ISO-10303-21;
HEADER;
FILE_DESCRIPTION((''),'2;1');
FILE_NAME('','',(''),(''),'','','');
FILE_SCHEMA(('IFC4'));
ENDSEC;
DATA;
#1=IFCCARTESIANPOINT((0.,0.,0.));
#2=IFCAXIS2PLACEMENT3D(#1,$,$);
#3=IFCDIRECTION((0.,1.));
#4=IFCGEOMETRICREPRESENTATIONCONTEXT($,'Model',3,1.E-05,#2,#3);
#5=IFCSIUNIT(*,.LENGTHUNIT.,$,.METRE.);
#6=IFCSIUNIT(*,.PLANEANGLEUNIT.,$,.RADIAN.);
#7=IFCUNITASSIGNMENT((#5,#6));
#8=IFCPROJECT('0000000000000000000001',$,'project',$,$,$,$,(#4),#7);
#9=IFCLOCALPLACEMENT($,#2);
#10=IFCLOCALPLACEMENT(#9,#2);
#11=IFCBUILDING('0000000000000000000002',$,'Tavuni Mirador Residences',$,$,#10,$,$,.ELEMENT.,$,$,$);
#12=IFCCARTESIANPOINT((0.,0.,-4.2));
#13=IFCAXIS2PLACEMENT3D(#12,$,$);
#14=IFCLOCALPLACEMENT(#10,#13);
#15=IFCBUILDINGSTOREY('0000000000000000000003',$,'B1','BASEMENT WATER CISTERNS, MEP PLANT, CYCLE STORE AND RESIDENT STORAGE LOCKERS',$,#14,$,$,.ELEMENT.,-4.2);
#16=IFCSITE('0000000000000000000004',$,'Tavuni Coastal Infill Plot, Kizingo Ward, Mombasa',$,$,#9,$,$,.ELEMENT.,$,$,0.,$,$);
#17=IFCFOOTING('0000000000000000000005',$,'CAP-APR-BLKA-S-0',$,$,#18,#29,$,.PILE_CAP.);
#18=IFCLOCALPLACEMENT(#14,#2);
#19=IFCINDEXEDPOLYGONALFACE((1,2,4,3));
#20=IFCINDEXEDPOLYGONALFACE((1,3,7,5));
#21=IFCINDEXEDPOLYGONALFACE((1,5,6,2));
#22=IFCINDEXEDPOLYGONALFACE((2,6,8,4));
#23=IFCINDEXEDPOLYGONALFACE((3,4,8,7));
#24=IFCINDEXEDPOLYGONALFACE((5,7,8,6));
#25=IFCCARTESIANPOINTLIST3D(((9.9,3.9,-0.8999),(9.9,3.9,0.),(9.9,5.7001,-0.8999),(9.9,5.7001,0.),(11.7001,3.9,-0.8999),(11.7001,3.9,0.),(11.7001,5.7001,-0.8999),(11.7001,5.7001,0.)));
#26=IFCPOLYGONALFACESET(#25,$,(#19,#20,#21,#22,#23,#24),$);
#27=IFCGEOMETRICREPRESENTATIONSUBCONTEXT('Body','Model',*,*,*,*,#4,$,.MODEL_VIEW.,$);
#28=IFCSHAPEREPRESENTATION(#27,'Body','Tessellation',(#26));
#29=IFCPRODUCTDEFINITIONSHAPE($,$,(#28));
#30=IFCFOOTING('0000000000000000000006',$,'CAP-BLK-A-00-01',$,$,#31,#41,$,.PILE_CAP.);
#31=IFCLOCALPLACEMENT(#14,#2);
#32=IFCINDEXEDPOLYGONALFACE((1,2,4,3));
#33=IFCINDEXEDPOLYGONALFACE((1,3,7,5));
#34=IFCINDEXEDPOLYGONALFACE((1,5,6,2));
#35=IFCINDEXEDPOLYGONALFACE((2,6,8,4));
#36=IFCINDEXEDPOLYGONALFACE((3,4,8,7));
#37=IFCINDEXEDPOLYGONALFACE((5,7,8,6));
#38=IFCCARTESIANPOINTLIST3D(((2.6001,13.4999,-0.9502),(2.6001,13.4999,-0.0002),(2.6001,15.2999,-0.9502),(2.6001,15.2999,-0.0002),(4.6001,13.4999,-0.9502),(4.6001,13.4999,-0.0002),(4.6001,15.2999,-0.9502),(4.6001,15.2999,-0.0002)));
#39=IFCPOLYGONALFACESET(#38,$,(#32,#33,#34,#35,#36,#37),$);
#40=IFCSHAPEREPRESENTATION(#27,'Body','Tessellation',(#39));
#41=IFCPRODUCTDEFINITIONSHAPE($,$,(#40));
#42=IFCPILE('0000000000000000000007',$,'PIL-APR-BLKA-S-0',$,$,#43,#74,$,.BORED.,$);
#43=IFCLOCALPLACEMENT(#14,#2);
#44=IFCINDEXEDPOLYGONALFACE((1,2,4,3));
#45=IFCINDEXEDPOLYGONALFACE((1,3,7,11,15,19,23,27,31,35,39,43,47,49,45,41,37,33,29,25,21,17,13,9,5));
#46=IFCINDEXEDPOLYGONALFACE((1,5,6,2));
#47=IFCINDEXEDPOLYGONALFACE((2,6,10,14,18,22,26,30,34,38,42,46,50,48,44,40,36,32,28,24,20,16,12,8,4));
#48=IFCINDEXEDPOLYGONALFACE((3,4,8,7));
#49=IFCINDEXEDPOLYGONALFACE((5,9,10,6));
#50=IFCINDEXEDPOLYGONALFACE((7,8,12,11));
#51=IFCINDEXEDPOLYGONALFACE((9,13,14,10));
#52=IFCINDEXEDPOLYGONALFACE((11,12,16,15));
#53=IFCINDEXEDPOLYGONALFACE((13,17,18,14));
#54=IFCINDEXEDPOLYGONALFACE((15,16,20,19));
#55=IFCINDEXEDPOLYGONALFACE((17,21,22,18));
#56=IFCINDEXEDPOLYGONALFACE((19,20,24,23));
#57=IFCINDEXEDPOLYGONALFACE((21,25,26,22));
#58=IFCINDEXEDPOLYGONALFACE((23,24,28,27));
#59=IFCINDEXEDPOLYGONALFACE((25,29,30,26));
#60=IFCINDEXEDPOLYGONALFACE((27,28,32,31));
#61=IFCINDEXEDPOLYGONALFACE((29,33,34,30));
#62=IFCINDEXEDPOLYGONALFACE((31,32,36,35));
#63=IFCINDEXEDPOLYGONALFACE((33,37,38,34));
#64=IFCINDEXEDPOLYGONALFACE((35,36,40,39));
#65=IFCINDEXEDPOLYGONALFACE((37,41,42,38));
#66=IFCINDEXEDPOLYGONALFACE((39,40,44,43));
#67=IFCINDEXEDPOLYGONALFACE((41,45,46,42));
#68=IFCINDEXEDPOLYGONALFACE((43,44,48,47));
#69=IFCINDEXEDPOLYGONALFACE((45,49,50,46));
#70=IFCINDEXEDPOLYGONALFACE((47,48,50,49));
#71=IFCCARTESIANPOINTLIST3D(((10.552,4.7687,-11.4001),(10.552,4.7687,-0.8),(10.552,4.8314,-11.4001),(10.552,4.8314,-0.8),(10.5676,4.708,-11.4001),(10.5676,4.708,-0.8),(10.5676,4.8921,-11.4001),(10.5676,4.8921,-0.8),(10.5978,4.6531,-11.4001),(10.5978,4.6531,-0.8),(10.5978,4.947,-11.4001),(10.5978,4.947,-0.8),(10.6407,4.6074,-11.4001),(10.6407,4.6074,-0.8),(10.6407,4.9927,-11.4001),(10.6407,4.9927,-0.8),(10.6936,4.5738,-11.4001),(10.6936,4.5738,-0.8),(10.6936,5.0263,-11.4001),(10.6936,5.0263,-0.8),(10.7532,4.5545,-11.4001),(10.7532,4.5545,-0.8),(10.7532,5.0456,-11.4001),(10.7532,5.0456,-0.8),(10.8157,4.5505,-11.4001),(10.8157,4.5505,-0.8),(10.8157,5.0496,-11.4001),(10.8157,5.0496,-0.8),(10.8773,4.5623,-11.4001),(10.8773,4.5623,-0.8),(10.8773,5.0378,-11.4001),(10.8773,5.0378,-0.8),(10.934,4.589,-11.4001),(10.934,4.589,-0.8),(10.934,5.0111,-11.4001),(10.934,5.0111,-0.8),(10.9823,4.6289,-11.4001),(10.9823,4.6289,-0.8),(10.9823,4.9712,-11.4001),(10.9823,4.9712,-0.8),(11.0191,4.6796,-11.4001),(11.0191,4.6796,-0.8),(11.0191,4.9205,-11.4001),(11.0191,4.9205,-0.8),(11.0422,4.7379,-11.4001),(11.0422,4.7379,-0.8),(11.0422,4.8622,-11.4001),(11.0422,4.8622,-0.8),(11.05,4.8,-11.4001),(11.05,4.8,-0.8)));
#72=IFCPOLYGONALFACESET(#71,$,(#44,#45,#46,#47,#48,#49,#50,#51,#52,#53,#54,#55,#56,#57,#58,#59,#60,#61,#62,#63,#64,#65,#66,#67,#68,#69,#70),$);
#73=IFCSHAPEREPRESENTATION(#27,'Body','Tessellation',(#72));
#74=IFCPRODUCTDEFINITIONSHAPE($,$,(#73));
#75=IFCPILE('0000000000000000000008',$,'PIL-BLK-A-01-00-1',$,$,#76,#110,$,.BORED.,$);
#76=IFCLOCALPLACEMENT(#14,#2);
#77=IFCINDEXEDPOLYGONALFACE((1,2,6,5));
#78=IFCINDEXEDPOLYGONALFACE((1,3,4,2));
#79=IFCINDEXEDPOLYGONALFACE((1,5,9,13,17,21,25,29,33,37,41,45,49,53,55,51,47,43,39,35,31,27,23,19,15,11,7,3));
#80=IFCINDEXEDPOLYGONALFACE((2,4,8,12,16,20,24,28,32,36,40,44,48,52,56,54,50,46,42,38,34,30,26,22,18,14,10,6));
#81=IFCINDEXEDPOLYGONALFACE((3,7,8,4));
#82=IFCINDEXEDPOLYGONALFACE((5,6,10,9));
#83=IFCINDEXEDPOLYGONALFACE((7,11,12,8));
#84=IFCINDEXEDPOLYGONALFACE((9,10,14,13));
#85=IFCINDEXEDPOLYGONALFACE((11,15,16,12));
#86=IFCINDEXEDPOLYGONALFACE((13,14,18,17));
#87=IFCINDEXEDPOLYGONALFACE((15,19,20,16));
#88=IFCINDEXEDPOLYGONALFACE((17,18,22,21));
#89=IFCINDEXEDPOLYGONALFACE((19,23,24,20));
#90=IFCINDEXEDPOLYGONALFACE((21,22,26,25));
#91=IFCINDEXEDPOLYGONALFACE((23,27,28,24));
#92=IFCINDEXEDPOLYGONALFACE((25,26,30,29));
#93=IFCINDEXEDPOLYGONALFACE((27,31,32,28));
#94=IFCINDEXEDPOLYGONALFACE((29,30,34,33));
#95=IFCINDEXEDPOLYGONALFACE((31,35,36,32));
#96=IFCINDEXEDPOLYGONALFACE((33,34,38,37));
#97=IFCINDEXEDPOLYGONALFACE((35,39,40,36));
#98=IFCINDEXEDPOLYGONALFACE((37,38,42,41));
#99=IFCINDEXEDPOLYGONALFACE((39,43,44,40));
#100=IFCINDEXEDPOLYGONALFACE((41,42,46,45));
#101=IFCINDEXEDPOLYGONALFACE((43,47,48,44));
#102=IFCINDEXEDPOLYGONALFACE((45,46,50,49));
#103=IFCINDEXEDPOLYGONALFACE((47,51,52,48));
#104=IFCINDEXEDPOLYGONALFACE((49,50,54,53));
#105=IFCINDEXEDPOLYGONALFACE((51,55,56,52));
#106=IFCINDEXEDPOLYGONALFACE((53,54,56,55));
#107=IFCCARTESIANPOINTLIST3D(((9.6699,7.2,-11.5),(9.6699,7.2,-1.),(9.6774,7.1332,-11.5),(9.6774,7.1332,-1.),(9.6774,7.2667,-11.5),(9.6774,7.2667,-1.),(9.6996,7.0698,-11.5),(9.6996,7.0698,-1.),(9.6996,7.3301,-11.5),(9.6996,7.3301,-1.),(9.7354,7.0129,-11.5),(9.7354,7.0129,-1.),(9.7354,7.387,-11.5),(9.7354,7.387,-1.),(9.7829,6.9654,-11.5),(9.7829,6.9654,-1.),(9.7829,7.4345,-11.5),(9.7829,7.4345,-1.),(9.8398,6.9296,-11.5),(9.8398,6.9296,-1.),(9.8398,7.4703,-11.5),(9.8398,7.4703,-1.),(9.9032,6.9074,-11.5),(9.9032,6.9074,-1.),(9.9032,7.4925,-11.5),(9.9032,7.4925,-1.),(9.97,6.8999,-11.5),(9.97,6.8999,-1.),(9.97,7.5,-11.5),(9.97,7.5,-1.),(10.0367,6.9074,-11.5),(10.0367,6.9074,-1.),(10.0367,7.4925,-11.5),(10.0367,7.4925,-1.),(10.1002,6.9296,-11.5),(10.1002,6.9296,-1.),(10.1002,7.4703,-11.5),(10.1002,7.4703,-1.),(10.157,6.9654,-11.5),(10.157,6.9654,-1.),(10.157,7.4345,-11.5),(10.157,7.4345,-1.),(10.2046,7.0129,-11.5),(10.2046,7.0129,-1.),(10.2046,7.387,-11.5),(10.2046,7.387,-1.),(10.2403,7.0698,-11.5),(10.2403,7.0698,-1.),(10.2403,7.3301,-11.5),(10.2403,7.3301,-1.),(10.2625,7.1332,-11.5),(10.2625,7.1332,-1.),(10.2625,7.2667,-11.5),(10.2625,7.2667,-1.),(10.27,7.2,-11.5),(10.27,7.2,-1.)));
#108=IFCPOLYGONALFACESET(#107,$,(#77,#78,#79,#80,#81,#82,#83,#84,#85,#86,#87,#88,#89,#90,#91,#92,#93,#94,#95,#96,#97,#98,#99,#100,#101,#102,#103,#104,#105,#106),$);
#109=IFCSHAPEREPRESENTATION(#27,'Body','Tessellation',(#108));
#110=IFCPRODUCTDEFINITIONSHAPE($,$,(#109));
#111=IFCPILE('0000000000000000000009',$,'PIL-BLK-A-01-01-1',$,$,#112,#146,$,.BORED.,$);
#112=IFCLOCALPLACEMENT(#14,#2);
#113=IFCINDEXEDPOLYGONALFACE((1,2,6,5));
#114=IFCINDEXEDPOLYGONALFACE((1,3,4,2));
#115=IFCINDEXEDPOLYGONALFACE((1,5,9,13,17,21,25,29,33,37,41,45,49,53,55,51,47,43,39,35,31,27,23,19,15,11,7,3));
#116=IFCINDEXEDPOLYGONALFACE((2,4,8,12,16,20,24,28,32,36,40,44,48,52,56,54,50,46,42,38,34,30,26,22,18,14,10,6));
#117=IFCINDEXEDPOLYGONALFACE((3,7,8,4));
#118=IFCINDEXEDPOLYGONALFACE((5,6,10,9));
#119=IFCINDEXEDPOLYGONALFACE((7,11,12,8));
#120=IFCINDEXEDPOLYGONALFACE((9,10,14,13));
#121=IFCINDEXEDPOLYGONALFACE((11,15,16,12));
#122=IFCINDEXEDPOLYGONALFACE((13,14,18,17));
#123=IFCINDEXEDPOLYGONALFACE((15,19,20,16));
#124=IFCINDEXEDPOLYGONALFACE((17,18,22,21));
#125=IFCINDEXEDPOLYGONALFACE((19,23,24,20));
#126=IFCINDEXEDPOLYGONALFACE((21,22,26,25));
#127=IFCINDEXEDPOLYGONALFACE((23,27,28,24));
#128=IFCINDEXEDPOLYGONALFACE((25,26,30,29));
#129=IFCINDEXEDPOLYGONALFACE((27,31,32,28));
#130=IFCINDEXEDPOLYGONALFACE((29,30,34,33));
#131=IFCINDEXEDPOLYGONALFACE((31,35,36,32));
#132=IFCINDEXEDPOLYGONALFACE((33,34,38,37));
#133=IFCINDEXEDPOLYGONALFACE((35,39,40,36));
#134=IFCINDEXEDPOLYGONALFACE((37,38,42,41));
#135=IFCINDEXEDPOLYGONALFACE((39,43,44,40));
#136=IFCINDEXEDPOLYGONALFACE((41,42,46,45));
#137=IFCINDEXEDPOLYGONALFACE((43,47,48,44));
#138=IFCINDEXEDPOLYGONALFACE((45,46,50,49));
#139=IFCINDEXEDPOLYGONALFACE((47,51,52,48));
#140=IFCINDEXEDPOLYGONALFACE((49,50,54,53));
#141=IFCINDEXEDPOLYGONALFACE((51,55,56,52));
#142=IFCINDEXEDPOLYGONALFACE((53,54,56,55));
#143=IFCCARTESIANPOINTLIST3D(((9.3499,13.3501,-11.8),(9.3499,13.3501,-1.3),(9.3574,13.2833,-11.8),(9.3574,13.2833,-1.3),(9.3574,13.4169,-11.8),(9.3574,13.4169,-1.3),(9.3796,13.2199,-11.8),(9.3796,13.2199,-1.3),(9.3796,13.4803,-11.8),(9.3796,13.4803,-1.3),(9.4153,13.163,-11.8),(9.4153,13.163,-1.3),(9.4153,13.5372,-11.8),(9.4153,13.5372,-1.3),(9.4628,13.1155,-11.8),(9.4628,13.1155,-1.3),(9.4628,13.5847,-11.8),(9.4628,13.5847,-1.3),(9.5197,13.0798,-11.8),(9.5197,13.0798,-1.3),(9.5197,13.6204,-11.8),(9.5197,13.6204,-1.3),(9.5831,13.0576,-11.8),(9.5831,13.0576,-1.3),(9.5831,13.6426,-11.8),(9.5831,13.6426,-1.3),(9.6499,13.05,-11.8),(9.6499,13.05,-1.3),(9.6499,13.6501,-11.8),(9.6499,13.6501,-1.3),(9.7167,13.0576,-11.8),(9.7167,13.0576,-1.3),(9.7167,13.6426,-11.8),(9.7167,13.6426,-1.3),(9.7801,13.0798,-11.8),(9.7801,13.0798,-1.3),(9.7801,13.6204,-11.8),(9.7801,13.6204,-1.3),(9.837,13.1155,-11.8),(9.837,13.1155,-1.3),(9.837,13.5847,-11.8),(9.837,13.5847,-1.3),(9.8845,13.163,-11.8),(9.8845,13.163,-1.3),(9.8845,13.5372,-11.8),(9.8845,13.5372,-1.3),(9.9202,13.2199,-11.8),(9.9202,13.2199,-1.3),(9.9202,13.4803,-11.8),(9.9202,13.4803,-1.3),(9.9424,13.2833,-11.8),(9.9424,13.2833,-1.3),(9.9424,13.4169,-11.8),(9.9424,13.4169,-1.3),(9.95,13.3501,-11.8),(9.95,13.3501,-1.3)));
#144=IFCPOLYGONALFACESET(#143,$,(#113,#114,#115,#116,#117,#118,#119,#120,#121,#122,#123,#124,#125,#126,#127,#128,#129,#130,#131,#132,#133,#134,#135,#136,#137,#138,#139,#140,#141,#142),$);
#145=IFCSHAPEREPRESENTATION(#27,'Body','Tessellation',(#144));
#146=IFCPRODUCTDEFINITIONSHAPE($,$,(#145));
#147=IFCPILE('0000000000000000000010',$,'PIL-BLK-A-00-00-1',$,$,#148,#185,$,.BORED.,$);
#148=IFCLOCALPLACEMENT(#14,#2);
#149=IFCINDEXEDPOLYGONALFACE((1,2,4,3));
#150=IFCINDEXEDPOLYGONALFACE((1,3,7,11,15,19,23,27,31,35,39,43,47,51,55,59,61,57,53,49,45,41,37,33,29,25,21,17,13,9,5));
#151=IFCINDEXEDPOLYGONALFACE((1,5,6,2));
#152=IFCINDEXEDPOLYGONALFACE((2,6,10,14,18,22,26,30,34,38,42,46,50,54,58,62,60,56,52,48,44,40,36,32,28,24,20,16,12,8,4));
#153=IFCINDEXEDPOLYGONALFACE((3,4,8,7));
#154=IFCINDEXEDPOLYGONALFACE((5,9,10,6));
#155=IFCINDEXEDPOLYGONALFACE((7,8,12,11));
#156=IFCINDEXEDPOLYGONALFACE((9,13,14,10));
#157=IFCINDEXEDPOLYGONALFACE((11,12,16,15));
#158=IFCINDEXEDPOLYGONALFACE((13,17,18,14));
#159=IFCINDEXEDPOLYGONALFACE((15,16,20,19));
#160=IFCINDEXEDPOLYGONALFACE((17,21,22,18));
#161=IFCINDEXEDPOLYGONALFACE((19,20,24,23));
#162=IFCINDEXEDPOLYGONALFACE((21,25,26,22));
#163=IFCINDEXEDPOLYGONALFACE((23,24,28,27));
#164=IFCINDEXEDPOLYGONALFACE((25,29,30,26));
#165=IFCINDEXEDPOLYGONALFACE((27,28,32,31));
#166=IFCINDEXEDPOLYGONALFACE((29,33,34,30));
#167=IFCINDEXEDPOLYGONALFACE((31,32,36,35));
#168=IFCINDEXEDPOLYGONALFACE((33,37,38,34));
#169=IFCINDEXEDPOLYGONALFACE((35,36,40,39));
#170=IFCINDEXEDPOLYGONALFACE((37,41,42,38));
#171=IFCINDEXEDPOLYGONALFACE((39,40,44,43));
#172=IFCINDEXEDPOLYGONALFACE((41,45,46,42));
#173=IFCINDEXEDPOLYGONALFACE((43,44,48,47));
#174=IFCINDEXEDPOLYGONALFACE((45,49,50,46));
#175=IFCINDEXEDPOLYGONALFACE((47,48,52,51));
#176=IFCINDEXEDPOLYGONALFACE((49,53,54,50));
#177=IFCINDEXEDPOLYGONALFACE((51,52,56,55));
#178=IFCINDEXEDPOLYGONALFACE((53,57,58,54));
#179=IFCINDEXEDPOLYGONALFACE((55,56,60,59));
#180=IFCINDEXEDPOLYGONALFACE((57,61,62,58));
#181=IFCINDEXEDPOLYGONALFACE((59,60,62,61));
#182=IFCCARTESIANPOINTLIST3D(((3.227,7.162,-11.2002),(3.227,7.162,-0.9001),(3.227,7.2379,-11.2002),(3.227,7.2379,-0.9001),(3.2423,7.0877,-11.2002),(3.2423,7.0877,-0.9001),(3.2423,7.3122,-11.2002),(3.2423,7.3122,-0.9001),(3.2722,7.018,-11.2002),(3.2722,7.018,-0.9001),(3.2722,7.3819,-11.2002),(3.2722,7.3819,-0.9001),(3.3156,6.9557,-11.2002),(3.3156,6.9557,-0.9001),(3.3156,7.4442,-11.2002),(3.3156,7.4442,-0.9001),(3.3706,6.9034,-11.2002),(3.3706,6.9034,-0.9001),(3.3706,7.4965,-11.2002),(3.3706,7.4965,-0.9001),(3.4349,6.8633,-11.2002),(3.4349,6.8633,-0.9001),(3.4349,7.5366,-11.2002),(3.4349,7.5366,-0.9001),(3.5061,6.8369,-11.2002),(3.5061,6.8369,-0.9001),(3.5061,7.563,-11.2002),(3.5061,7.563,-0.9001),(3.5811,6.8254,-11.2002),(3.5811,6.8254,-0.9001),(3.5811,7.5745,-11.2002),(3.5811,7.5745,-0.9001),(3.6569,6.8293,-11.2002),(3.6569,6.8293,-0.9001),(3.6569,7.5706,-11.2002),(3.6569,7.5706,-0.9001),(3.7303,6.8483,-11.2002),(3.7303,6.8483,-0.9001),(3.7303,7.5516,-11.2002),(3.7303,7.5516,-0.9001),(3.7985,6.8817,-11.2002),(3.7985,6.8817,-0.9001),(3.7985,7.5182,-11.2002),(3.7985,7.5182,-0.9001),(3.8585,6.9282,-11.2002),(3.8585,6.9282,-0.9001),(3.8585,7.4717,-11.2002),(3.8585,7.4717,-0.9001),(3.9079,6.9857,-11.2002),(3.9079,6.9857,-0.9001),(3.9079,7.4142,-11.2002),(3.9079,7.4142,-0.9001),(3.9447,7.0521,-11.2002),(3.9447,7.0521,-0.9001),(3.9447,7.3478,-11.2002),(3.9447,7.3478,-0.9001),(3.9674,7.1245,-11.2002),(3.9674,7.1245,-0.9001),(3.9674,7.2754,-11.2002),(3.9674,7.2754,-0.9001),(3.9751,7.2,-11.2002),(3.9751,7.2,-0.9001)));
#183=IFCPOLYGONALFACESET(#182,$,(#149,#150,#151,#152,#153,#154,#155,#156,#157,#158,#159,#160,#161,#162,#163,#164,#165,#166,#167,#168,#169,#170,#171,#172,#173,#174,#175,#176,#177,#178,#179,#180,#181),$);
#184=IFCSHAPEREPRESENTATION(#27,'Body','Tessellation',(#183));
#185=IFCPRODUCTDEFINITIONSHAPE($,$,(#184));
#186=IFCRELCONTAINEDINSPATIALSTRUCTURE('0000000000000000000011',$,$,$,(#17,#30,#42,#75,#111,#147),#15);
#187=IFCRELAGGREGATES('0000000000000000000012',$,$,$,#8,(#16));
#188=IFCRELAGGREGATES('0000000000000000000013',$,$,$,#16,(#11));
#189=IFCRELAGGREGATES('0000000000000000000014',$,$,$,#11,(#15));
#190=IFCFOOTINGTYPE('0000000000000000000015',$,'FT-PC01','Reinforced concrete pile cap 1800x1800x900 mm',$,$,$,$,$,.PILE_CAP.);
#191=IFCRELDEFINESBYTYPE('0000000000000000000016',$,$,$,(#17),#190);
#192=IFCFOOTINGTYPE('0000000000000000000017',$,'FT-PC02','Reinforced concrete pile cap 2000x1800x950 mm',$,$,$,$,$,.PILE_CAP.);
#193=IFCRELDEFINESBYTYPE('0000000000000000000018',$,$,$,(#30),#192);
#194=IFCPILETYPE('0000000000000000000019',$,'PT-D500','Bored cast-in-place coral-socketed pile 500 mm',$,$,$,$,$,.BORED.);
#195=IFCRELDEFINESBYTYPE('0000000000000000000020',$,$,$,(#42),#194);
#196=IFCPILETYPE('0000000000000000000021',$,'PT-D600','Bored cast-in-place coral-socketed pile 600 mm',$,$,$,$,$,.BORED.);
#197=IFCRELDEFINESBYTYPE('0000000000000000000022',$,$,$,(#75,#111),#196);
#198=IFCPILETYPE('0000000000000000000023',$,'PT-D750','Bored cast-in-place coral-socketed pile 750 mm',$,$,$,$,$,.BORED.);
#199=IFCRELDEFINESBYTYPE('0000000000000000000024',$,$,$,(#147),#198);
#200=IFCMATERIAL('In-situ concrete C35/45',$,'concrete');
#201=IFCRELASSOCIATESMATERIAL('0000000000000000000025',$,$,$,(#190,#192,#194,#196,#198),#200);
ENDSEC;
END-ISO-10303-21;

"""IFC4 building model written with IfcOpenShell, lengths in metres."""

from ifc_helpers import new_model, si_unit, direction, frame, origin, origin_2d, place, context, subcontext, project, spatial, rectangle, circle, extrude, material, material_profile, profile_set, type_object, element, save


model = new_model("IFC4")

# Units and contexts
model_context = context("Model", 3, precision=1e-05, world=origin(), true_north=direction((0.0, 1.0)))
body_context = subcontext(model_context, "Body", "Model", "MODEL_VIEW")
ifc_project = project(units=[si_unit("LENGTHUNIT", "METRE"), si_unit("PLANEANGLEUNIT", "RADIAN")], contexts=[model_context])

# Site, building, storey
site_placement = place(None, origin())
site = spatial("IfcSite", under=ifc_project, at=site_placement, Name="Tavuni Coastal Infill Plot, Kizingo Ward, Mombasa", CompositionType="ELEMENT", RefElevation=0.0)
building_placement = place(site_placement, origin())
building = spatial("IfcBuilding", under=site, at=building_placement, Name="Tavuni Mirador Residences", CompositionType="ELEMENT")
storey_placement = place(building_placement, frame((0.0, 0.0, -4.2)))
storey = spatial("IfcBuildingStorey", under=building, at=storey_placement, Name="B1", Description="BASEMENT WATER CISTERNS, MEP PLANT, CYCLE STORE AND RESIDENT STORAGE LOCKERS", CompositionType="ELEMENT", Elevation=-4.2)

# Footings
ifc_material_1 = material(Name="In-situ concrete C35/45", Category="concrete")
footing_type_1 = type_object("IfcFootingType", Name="FT-PC01", Description="Reinforced concrete pile cap 1800x1800x900 mm", PredefinedType="PILE_CAP", material=ifc_material_1)
footing_1_placement = place(storey_placement, frame((10.8, 4.8, -0.8999), z_axis=(0.0, 0.0, 1.0), x_axis=(1.0, 0.0, 0.0)))
element("IfcFooting", 1, at=footing_1_placement, inside=storey, type_object=footing_type_1, Name="CAP-APR-BLKA-S-0", PredefinedType="PILE_CAP", context=body_context, shape_type="SweptSolid", body=[
    extrude(rectangle(XDim=1.8, YDim=1.8, at=origin_2d()), origin(), (0.0, 0.0, 1.0), 0.8999),
])
footing_type_2 = type_object("IfcFootingType", Name="FT-PC02", Description="Reinforced concrete pile cap 2000x1800x950 mm", PredefinedType="PILE_CAP", material=ifc_material_1)
footing_2_placement = place(storey_placement, frame((3.6001, 14.3999, -0.9502), z_axis=(0.0, 0.0, 1.0), x_axis=(1.0, 0.0, 0.0)))
element("IfcFooting", 2, at=footing_2_placement, inside=storey, type_object=footing_type_2, Name="CAP-BLK-A-00-01", PredefinedType="PILE_CAP", context=body_context, shape_type="SweptSolid", body=[
    extrude(rectangle(XDim=2.0, YDim=1.8, at=origin_2d()), origin(), (0.0, 0.0, 1.0), 0.95),
])

# Piles
ifc_material_profile_1 = material_profile(ifc_material_1, circle(Radius=0.25, at=origin_2d()), Name="PILE D500", Category="concrete")
ifc_profile_set_1 = profile_set([ifc_material_profile_1], Name="In-situ concrete C35/45")
pile_type_1 = type_object("IfcPileType", Name="PT-D500", Description="Bored cast-in-place coral-socketed pile 500 mm", PredefinedType="BORED", material=ifc_profile_set_1)
pile_1_placement = place(storey_placement, frame((10.8, 4.8, -0.8), z_axis=(0.0, 0.0, -1.0), x_axis=(1.0, 0.0, 0.0)))
element("IfcPile", 3, at=pile_1_placement, inside=storey, type_object=pile_type_1, Name="PIL-APR-BLKA-S-0", PredefinedType="BORED", context=body_context, shape_type="SweptSolid", body=[
    extrude(circle(Radius=0.25, at=origin_2d()), origin(), (0.0, 0.0, 1.0), 10.6001),
])
ifc_material_profile_2 = material_profile(ifc_material_1, circle(Radius=0.3, at=origin_2d()), Name="PILE D600", Category="concrete")
ifc_profile_set_2 = profile_set([ifc_material_profile_2], Name="In-situ concrete C35/45")
pile_type_2 = type_object("IfcPileType", Name="PT-D600", Description="Bored cast-in-place coral-socketed pile 600 mm", PredefinedType="BORED", material=ifc_profile_set_2)
for number, where, z_axis, x_axis, name in (
    (4, (9.97, 7.2, -1.0), (0.0, 0.0, -1.0), (1.0, 0.0, 0.0), "PIL-BLK-A-01-00-1"),
    (5, (9.6499, 13.3501, -1.3), (0.0, 0.0, -1.0), (1.0, 0.0, 0.0), "PIL-BLK-A-01-01-1"),
):
    element("IfcPile", number, at=place(storey_placement, frame(where, z_axis=z_axis, x_axis=x_axis)), inside=storey, type_object=pile_type_2, Name=name, PredefinedType="BORED", context=body_context, shape_type="SweptSolid", body=[
        extrude(circle(Radius=0.3, at=origin_2d()), origin(), (0.0, 0.0, 1.0), 10.5),
    ])
ifc_material_profile_3 = material_profile(ifc_material_1, circle(Radius=0.375, at=origin_2d()), Name="PILE D750", Category="concrete")
ifc_profile_set_3 = profile_set([ifc_material_profile_3], Name="In-situ concrete C35/45")
pile_type_3 = type_object("IfcPileType", Name="PT-D750", Description="Bored cast-in-place coral-socketed pile 750 mm", PredefinedType="BORED", material=ifc_profile_set_3)
pile_2_placement = place(storey_placement, frame((3.6001, 7.2, -0.9001), z_axis=(0.0, 0.0, -1.0), x_axis=(1.0, 0.0, 0.0)))
element("IfcPile", 6, at=pile_2_placement, inside=storey, type_object=pile_type_3, Name="PIL-BLK-A-00-00-1", PredefinedType="BORED", context=body_context, shape_type="SweptSolid", body=[
    extrude(circle(Radius=0.375, at=origin_2d()), origin(), (0.0, 0.0, 1.0), 10.3),
])

save(model, "model.ifc")
